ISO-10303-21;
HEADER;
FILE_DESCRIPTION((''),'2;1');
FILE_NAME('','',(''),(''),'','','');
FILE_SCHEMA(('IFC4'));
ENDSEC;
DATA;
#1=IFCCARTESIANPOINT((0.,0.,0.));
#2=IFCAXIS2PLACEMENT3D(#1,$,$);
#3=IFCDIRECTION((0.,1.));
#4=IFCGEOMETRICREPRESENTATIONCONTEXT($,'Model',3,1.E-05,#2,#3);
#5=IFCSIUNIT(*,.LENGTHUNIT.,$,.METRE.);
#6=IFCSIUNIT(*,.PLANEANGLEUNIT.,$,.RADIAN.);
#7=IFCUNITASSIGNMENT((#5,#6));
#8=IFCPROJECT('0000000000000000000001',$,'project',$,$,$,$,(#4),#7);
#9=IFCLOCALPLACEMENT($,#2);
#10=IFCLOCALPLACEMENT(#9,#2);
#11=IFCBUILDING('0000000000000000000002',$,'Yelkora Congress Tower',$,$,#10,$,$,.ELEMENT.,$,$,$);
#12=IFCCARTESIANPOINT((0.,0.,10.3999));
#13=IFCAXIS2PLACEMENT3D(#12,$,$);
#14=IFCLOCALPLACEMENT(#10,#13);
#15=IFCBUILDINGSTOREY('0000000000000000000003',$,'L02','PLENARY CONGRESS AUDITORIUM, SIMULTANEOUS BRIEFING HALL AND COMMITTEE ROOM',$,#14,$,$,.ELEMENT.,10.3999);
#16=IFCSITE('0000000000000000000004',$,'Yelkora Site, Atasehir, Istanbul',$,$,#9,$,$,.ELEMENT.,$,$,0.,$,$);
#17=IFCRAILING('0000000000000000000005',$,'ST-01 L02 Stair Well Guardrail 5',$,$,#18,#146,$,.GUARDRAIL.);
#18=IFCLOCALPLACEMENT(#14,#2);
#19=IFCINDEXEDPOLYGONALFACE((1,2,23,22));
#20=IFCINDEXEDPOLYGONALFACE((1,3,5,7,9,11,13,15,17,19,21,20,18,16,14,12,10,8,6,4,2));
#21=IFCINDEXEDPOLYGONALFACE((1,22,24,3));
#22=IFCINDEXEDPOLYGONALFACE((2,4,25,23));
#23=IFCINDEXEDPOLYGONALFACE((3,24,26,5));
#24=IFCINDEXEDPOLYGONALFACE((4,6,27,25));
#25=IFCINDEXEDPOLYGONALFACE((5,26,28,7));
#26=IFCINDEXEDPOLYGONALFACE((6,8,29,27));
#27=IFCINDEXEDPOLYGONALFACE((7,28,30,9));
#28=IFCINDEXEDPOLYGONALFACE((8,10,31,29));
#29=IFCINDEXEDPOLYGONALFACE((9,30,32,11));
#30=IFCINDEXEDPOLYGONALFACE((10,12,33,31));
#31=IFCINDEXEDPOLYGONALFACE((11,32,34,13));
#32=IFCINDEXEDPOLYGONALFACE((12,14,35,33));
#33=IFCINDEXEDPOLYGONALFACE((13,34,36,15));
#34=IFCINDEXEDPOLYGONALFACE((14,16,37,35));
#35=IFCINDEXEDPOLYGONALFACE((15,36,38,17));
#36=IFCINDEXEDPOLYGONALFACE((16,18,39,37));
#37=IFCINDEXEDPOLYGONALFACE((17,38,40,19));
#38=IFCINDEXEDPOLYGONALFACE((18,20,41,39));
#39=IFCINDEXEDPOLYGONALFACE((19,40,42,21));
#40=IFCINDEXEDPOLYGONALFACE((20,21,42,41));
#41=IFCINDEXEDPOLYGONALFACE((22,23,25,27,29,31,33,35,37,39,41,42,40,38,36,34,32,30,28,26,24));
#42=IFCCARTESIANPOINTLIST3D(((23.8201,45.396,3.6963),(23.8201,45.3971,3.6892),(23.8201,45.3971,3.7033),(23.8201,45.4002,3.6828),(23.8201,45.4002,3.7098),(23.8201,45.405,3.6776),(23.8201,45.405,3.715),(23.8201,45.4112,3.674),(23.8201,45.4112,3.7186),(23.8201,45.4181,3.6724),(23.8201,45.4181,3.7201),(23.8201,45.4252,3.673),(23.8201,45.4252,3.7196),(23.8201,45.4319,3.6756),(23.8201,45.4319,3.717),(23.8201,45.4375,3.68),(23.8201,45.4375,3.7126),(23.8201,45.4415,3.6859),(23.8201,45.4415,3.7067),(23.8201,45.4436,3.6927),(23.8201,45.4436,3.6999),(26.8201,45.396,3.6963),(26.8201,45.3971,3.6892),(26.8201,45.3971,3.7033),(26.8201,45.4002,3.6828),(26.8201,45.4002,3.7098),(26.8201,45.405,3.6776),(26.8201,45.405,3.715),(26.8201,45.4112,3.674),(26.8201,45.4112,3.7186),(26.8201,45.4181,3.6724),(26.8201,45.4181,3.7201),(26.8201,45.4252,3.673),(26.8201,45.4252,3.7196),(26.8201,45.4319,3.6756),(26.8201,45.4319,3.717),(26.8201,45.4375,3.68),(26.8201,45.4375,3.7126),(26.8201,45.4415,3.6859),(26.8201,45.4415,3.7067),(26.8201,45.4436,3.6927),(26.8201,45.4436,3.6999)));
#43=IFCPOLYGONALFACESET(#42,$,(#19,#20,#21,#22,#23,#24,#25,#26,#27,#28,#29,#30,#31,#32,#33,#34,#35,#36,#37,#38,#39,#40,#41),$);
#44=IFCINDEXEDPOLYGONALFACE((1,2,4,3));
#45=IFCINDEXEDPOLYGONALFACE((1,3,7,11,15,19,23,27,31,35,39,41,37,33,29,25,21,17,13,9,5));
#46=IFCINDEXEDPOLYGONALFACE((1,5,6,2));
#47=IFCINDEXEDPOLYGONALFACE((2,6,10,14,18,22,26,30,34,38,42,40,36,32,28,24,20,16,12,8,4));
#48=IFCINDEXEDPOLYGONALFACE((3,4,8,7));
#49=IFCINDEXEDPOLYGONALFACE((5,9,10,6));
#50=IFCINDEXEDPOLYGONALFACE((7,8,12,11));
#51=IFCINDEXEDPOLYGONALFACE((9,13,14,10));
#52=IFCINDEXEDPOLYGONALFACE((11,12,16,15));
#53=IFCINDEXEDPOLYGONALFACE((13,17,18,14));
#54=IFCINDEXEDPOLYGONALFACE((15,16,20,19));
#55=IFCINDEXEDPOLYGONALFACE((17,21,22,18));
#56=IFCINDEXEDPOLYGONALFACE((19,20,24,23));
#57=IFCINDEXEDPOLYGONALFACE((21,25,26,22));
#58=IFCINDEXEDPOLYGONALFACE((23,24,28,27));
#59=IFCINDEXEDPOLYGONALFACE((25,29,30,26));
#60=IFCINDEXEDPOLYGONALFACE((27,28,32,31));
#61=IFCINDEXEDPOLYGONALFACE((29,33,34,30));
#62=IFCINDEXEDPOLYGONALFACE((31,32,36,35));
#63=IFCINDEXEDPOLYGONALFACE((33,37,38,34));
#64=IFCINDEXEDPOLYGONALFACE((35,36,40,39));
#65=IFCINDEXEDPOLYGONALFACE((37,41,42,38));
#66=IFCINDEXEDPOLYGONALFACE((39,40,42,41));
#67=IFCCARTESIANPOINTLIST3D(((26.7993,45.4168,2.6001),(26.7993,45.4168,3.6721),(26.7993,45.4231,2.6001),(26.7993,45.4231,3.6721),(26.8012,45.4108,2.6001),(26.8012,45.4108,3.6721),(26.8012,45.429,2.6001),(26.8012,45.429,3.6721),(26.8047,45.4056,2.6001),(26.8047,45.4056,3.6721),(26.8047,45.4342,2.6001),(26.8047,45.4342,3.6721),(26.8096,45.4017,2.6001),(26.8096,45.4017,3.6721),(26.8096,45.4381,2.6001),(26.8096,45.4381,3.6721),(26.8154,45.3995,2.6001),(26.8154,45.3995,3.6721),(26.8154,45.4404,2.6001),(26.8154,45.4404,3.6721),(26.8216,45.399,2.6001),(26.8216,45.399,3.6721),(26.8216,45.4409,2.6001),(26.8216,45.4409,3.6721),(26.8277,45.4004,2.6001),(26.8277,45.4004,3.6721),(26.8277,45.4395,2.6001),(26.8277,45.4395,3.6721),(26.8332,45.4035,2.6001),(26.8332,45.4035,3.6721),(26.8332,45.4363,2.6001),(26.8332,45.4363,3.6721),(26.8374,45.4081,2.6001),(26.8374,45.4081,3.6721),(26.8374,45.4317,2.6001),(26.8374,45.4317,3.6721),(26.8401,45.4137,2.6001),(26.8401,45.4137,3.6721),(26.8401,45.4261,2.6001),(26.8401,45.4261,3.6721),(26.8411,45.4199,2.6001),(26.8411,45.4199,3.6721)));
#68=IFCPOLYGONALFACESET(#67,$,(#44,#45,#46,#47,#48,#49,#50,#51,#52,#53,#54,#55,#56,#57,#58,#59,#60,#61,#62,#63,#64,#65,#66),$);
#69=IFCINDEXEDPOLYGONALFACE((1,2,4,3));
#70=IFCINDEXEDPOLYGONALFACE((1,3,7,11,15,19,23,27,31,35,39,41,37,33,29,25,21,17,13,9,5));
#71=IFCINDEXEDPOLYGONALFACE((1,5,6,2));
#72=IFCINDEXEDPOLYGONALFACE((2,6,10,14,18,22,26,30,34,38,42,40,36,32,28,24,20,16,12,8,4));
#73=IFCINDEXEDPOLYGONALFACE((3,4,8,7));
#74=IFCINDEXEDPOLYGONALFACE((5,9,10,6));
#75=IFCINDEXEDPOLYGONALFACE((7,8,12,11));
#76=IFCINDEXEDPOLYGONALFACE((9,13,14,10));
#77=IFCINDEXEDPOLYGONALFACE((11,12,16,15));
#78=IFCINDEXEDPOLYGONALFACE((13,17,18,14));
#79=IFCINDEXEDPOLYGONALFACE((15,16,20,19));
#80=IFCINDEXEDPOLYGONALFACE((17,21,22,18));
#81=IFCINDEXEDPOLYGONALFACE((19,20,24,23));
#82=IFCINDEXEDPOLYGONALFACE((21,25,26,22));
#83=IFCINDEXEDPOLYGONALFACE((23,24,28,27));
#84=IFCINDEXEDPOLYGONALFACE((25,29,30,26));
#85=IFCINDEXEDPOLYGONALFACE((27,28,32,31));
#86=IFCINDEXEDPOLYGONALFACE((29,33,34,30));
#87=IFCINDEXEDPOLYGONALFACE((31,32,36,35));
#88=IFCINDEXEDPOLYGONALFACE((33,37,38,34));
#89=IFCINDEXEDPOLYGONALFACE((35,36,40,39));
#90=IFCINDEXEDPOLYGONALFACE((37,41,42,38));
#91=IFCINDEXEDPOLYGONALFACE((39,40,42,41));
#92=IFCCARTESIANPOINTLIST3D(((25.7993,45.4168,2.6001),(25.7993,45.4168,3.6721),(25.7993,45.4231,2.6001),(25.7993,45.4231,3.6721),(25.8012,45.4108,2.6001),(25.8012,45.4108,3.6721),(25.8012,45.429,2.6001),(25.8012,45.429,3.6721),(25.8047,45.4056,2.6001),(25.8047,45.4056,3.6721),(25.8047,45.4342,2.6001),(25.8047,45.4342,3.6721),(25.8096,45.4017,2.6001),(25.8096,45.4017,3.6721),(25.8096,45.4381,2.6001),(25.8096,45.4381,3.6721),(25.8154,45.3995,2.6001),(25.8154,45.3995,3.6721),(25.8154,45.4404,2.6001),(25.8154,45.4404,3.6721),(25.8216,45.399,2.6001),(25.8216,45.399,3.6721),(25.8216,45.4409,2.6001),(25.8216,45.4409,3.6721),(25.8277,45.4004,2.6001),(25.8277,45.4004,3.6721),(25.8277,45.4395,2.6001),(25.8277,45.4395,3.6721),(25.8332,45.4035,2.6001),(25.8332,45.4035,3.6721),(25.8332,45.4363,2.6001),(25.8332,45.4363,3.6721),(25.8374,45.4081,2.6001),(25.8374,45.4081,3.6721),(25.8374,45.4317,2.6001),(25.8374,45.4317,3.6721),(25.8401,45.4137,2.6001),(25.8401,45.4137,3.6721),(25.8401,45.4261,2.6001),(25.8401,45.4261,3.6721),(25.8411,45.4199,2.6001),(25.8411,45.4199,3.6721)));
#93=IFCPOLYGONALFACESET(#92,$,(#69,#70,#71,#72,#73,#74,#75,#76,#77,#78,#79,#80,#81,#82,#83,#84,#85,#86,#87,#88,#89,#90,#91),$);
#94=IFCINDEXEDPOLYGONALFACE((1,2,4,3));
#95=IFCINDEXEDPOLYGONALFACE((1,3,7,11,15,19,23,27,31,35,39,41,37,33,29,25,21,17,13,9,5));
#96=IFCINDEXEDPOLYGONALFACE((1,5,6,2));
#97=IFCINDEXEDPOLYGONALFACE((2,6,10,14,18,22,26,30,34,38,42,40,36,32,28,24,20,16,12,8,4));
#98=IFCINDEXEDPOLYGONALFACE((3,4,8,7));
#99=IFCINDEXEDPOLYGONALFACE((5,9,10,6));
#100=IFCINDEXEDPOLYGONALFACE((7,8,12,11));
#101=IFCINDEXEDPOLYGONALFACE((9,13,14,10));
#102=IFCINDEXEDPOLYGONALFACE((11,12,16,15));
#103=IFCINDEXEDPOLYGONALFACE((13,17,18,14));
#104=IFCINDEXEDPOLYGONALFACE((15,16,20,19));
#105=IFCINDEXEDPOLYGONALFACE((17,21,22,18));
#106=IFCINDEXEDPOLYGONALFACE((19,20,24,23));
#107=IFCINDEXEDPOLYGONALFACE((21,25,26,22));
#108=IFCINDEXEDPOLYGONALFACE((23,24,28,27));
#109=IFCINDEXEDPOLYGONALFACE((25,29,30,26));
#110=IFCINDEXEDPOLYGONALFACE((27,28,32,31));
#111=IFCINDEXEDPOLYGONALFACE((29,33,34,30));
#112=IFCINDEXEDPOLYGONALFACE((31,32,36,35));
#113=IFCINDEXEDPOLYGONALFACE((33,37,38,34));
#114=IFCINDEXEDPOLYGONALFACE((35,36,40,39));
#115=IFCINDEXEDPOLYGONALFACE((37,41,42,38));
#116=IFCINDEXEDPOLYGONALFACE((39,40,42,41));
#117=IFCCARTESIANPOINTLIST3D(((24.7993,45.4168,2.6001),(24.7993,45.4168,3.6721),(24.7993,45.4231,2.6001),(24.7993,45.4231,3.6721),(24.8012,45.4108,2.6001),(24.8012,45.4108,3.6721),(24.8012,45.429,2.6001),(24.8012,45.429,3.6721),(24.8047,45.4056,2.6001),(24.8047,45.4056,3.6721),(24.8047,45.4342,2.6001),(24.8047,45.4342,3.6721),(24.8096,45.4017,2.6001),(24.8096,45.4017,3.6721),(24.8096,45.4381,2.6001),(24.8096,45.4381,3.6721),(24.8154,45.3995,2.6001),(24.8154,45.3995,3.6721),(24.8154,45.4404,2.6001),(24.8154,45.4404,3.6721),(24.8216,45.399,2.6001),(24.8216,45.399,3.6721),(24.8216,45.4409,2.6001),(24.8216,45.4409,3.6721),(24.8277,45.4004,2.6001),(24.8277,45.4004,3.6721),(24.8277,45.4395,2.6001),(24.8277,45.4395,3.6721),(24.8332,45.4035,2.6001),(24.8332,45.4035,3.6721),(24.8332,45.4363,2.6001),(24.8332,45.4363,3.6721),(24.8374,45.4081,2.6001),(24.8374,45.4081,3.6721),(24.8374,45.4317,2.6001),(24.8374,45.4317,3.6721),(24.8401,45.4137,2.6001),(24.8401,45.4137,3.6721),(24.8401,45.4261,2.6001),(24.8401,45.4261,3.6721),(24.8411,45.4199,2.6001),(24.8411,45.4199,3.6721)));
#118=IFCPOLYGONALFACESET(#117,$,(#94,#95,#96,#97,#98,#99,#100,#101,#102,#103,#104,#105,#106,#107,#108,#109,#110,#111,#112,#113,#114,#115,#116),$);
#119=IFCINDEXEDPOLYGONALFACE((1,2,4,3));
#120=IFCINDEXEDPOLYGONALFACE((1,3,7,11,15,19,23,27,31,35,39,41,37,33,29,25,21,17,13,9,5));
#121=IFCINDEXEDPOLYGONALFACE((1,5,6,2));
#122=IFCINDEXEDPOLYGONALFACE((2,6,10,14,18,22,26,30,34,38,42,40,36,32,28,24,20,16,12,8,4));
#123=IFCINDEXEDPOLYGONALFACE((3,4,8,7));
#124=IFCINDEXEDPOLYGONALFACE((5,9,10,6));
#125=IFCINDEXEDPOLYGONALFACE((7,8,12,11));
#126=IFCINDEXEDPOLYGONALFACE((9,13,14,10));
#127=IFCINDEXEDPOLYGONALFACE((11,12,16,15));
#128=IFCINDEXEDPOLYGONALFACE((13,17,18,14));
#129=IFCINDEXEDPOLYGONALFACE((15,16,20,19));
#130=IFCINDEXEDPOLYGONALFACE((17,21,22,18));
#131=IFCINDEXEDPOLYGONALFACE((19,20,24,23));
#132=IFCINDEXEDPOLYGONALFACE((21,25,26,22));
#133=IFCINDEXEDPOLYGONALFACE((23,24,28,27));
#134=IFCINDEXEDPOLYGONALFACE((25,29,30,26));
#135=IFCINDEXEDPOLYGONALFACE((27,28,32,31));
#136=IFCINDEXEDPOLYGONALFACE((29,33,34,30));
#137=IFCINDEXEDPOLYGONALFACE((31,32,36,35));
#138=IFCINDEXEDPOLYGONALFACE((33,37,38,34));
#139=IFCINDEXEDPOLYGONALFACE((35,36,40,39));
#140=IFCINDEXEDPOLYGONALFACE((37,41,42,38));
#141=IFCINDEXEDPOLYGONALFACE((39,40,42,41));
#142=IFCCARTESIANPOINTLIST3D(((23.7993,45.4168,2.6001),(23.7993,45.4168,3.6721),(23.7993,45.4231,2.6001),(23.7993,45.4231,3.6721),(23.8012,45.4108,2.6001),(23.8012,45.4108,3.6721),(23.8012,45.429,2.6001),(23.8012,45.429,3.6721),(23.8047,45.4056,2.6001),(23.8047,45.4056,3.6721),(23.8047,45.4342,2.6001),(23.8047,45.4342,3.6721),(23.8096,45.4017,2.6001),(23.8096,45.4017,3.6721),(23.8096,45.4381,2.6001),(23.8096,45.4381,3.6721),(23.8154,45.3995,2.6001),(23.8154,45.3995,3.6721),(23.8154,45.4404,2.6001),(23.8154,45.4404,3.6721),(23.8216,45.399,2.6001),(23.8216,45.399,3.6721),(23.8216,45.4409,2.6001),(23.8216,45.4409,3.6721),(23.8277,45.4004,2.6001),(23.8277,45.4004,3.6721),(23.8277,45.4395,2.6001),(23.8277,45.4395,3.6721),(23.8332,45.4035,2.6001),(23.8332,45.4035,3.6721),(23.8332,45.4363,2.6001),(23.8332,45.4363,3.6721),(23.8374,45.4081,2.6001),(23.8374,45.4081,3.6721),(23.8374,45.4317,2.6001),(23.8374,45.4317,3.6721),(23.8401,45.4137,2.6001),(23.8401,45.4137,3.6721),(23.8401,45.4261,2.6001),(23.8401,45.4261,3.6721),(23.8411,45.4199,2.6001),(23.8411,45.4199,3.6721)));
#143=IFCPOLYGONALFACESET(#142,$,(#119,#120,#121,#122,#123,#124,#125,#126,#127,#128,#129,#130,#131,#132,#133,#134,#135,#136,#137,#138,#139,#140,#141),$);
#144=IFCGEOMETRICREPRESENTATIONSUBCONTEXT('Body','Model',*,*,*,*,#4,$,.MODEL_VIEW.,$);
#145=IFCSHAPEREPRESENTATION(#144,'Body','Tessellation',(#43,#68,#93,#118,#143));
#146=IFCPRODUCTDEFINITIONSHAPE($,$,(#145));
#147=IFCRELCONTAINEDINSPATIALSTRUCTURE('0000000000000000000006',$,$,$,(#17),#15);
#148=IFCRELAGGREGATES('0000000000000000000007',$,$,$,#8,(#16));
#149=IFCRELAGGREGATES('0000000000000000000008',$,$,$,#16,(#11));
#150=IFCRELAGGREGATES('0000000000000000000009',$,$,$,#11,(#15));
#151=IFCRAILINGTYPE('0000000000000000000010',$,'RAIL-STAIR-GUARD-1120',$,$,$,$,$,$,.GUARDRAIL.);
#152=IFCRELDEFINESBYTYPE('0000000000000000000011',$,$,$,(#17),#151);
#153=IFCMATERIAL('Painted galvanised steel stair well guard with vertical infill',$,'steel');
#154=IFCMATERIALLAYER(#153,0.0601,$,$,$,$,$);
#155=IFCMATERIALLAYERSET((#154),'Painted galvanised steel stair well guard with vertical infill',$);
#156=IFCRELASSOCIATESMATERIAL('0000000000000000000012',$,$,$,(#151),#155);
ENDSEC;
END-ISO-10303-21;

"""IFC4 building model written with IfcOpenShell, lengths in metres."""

from ifc_helpers import new_model, si_unit, direction, frame, origin, origin_2d, place, context, subcontext, project, spatial, circle, extrude, material, layer, layer_set, type_object, element, save


model = new_model("IFC4")

# Units and contexts
model_context = context("Model", 3, precision=1e-05, world=origin(), true_north=direction((0.0, 1.0)))
body_context = subcontext(model_context, "Body", "Model", "MODEL_VIEW")
ifc_project = project(units=[si_unit("LENGTHUNIT", "METRE"), si_unit("PLANEANGLEUNIT", "RADIAN")], contexts=[model_context])

# Site, building, storey
site_placement = place(None, origin())
site = spatial("IfcSite", under=ifc_project, at=site_placement, Name="Yelkora Site, Atasehir, Istanbul", CompositionType="ELEMENT", RefElevation=0.0)
building_placement = place(site_placement, origin())
building = spatial("IfcBuilding", under=site, at=building_placement, Name="Yelkora Congress Tower", CompositionType="ELEMENT")
storey_placement = place(building_placement, frame((0.0, 0.0, 10.3999)))
storey = spatial("IfcBuildingStorey", under=building, at=storey_placement, Name="L02", Description="PLENARY CONGRESS AUDITORIUM, SIMULTANEOUS BRIEFING HALL AND COMMITTEE ROOM", CompositionType="ELEMENT", Elevation=10.3999)

# Railing
ifc_material_1 = material(Name="Painted galvanised steel stair well guard with vertical infill", Category="steel")
ifc_layer_1 = layer(ifc_material_1, 0.0601)
ifc_layer_set_1 = layer_set([ifc_layer_1], Name="Painted galvanised steel stair well guard with vertical infill")
railing_type_1 = type_object("IfcRailingType", Name="RAIL-STAIR-GUARD-1120", PredefinedType="GUARDRAIL", material=ifc_layer_set_1)
railing_1_placement = place(storey_placement, frame((26.8201, 45.4199, 2.6001)))
element("IfcRailing", 1, at=railing_1_placement, inside=storey, type_object=railing_type_1, Name="ST-01 L02 Stair Well Guardrail 5", PredefinedType="GUARDRAIL", context=body_context, shape_type="SweptSolid", body=[
    extrude(circle(Radius=0.0239, at=origin_2d()), frame((0.0, 0.0, 1.0962), z_axis=(-1.0, 0.0, 0.0), x_axis=(0.0, -1.0, 0.0)), (0.0, 0.0, 1.0), 3.0),
    extrude(circle(Radius=0.021, at=origin_2d()), origin(), (0.0, 0.0, 1.0), 1.072),
    extrude(circle(Radius=0.021, at=origin_2d()), frame((-1.0, 0.0, 0.0)), (0.0, 0.0, 1.0), 1.072),
    extrude(circle(Radius=0.021, at=origin_2d()), frame((-2.0, 0.0, 0.0)), (0.0, 0.0, 1.0), 1.072),
    extrude(circle(Radius=0.021, at=origin_2d()), frame((-3.0, 0.0, 0.0)), (0.0, 0.0, 1.0), 1.072),
])

save(model, "model.ifc")
